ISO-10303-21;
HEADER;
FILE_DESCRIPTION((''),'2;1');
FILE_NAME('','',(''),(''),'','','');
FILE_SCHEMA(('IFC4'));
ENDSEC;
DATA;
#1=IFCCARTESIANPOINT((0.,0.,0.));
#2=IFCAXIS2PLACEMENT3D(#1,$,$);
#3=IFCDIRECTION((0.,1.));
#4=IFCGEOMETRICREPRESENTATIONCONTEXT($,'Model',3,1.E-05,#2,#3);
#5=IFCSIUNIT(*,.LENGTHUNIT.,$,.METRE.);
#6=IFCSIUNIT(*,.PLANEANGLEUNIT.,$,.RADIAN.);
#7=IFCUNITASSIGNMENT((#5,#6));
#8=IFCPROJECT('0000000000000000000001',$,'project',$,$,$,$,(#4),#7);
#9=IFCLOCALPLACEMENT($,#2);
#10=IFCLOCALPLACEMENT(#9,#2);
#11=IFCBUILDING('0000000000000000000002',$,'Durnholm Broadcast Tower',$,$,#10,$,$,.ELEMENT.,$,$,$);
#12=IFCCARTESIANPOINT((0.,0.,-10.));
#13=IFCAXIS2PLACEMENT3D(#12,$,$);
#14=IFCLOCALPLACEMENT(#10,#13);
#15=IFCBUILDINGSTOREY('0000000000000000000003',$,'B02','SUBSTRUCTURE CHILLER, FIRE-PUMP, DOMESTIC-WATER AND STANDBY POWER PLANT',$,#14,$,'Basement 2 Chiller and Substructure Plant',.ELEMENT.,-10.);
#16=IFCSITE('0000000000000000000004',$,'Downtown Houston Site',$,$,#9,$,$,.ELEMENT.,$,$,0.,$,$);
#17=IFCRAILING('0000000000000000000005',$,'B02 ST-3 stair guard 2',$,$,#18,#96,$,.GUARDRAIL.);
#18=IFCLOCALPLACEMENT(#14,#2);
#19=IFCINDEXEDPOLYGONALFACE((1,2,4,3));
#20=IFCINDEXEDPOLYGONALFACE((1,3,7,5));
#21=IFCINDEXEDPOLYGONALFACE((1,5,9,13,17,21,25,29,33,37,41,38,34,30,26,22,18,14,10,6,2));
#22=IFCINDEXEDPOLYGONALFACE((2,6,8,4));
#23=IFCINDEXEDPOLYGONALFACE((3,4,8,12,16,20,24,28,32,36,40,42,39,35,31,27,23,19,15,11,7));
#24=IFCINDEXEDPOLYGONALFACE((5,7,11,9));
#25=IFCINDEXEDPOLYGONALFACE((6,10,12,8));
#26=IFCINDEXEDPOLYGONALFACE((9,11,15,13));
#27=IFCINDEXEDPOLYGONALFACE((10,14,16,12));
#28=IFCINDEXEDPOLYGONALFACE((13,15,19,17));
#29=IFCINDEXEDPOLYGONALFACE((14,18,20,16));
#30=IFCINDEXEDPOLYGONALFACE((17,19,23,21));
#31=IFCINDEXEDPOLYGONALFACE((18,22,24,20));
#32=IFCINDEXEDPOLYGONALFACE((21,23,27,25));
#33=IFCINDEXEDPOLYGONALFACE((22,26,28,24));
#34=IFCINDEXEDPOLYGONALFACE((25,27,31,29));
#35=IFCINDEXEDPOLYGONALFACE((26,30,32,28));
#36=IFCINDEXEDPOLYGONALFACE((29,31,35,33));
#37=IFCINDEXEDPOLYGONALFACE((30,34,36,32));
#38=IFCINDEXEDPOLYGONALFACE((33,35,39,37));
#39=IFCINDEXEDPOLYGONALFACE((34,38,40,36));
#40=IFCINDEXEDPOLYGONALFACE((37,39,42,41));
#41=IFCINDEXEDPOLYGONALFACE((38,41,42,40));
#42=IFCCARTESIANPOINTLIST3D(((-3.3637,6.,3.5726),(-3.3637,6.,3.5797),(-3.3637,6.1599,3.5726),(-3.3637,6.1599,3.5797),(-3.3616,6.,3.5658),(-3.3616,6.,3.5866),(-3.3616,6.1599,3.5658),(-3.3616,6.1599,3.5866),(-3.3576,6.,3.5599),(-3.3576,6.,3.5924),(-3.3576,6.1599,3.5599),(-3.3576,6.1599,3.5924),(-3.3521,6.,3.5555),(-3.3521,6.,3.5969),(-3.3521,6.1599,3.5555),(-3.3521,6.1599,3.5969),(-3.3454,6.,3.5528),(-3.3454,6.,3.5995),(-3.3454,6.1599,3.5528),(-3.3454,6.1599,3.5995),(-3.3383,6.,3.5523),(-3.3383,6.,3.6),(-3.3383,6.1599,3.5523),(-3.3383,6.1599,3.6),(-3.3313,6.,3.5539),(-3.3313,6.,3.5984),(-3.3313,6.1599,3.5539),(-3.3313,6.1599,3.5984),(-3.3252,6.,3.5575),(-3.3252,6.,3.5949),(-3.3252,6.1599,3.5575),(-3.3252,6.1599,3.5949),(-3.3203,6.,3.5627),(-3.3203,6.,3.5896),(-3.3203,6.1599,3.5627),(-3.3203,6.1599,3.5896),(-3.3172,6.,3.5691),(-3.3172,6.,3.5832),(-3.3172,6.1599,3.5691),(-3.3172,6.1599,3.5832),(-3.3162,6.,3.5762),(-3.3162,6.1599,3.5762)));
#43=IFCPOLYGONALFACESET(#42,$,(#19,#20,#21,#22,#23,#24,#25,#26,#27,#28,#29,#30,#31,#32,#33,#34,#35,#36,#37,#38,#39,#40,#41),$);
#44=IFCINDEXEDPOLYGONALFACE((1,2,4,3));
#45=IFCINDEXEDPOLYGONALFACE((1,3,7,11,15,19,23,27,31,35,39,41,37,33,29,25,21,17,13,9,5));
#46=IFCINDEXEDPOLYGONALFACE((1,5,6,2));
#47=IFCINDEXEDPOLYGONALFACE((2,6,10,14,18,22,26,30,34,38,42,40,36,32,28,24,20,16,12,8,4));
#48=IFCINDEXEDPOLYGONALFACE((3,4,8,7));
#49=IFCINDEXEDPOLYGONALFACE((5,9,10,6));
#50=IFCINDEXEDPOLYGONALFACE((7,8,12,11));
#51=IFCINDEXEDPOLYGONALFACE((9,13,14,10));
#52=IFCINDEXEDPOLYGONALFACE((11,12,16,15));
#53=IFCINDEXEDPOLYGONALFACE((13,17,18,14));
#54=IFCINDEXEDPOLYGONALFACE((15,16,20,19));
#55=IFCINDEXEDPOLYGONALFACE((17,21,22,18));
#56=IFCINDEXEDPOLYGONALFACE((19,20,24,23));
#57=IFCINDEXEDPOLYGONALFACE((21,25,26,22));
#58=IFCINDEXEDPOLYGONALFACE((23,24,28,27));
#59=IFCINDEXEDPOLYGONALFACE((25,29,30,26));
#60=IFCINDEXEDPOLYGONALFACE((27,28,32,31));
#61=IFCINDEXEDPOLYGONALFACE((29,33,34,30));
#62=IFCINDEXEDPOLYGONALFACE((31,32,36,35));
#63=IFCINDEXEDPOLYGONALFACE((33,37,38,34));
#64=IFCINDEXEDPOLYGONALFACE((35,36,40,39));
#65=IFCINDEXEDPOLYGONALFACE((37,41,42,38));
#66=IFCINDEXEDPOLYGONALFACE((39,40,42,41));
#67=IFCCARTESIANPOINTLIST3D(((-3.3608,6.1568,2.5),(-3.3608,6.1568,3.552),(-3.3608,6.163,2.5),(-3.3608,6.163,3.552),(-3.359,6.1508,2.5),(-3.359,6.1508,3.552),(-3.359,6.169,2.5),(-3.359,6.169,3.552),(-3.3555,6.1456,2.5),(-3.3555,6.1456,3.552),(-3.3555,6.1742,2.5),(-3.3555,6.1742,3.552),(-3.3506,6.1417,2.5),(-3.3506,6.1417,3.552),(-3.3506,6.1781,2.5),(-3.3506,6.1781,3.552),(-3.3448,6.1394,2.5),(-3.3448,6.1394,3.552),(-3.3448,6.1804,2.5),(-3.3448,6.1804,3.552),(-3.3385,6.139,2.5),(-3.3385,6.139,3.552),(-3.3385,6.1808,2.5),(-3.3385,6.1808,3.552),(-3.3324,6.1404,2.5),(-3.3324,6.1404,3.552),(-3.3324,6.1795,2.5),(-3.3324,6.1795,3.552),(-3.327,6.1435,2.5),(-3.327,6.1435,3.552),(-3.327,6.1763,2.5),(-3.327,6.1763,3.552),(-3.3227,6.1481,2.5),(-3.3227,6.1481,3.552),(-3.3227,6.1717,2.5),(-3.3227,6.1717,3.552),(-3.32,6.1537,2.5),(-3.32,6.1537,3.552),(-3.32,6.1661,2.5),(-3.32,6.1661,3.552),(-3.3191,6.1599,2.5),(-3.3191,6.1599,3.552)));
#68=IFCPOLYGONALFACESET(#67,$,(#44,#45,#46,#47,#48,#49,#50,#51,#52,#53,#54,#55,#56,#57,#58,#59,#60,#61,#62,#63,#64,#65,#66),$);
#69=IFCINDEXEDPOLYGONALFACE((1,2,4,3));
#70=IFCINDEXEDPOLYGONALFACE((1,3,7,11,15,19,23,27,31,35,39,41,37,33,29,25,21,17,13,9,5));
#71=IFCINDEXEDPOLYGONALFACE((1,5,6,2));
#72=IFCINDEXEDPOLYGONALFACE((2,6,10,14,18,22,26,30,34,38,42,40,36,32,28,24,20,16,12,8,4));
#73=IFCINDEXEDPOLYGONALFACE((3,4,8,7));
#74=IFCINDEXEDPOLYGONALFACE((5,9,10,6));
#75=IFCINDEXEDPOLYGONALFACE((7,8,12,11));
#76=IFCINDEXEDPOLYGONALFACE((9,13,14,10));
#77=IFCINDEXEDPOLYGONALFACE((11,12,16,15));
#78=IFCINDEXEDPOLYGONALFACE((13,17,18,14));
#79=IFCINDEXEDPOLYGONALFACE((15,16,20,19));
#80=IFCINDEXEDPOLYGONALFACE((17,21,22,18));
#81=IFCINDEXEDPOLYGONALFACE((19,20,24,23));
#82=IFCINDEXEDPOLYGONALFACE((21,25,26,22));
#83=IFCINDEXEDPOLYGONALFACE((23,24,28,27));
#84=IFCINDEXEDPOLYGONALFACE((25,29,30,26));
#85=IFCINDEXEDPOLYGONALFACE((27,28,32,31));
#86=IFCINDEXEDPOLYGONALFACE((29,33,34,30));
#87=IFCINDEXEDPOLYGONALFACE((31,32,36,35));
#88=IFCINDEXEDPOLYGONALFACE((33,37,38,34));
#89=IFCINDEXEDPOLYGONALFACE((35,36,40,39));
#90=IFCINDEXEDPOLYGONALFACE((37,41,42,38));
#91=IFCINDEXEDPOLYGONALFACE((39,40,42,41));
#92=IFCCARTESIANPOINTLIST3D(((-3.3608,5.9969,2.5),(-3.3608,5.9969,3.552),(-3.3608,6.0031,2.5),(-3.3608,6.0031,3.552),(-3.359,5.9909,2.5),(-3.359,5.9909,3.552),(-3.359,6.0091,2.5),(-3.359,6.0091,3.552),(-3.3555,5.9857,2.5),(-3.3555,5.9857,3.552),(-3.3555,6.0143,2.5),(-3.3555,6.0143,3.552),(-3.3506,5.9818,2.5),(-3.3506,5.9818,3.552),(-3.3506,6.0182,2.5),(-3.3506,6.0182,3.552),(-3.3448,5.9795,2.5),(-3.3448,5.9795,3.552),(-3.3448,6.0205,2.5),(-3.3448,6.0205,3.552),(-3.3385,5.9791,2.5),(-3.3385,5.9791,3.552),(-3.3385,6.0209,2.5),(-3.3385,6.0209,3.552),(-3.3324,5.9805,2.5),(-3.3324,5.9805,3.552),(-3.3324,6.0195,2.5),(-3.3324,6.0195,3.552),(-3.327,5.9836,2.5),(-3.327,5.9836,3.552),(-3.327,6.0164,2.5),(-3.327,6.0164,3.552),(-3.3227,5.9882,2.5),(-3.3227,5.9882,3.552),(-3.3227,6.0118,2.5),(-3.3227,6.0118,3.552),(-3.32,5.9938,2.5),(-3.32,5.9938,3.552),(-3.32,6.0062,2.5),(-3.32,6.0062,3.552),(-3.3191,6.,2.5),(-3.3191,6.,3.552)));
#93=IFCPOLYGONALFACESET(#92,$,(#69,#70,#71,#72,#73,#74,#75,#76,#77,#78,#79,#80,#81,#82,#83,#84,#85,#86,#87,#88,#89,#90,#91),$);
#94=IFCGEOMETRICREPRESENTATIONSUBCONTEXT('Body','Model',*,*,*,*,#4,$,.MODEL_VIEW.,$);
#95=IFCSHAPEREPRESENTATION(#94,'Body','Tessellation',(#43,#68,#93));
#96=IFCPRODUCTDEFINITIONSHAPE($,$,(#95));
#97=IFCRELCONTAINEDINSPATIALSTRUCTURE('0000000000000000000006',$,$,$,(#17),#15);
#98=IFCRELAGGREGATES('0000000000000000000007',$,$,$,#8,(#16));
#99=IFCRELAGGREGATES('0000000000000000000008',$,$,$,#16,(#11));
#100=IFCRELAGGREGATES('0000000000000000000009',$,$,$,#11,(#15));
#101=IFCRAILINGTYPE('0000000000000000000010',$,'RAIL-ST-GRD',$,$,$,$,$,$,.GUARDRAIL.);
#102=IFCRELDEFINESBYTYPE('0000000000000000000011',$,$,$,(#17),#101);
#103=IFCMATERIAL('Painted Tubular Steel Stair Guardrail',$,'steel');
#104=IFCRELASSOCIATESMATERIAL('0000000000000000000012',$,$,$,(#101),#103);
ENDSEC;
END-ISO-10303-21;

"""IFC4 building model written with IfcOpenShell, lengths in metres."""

from ifc_helpers import new_model, si_unit, direction, frame, origin, origin_2d, place, context, subcontext, project, spatial, circle, extrude, material, type_object, element, save


model = new_model("IFC4")

# Units and contexts
model_context = context("Model", 3, precision=1e-05, world=origin(), true_north=direction((0.0, 1.0)))
body_context = subcontext(model_context, "Body", "Model", "MODEL_VIEW")
ifc_project = project(units=[si_unit("LENGTHUNIT", "METRE"), si_unit("PLANEANGLEUNIT", "RADIAN")], contexts=[model_context])

# Site, building, storey
site_placement = place(None, origin())
site = spatial("IfcSite", under=ifc_project, at=site_placement, Name="Downtown Houston Site", CompositionType="ELEMENT", RefElevation=0.0)
building_placement = place(site_placement, origin())
building = spatial("IfcBuilding", under=site, at=building_placement, Name="Durnholm Broadcast Tower", CompositionType="ELEMENT")
storey_placement = place(building_placement, frame((0.0, 0.0, -10.0)))
storey = spatial("IfcBuildingStorey", under=building, at=storey_placement, Name="B02", Description="SUBSTRUCTURE CHILLER, FIRE-PUMP, DOMESTIC-WATER AND STANDBY POWER PLANT", LongName="Basement 2 Chiller and Substructure Plant", CompositionType="ELEMENT", Elevation=-10.0)

# Railing
ifc_material_1 = material(Name="Painted Tubular Steel Stair Guardrail", Category="steel")
railing_type_1 = type_object("IfcRailingType", Name="RAIL-ST-GRD", PredefinedType="GUARDRAIL", material=ifc_material_1)
railing_1_placement = place(storey_placement, frame((-3.3401, 6.1599, 2.5)))
element("IfcRailing", 1, at=railing_1_placement, inside=storey, type_object=railing_type_1, Name="B02 ST-3 stair guard 2", PredefinedType="GUARDRAIL", context=body_context, shape_type="SweptSolid", body=[
    extrude(circle(Radius=0.0239, at=origin_2d()), frame((0.0, 0.0, 1.0762), z_axis=(0.0, -1.0, 0.0), x_axis=(1.0, 0.0, 0.0)), (0.0, 0.0, 1.0), 0.1599),
    extrude(circle(Radius=0.021, at=origin_2d()), origin(), (0.0, 0.0, 1.0), 1.052),
    extrude(circle(Radius=0.021, at=origin_2d()), frame((0.0, -0.1599, 0.0)), (0.0, 0.0, 1.0), 1.052),
])

save(model, "model.ifc")
